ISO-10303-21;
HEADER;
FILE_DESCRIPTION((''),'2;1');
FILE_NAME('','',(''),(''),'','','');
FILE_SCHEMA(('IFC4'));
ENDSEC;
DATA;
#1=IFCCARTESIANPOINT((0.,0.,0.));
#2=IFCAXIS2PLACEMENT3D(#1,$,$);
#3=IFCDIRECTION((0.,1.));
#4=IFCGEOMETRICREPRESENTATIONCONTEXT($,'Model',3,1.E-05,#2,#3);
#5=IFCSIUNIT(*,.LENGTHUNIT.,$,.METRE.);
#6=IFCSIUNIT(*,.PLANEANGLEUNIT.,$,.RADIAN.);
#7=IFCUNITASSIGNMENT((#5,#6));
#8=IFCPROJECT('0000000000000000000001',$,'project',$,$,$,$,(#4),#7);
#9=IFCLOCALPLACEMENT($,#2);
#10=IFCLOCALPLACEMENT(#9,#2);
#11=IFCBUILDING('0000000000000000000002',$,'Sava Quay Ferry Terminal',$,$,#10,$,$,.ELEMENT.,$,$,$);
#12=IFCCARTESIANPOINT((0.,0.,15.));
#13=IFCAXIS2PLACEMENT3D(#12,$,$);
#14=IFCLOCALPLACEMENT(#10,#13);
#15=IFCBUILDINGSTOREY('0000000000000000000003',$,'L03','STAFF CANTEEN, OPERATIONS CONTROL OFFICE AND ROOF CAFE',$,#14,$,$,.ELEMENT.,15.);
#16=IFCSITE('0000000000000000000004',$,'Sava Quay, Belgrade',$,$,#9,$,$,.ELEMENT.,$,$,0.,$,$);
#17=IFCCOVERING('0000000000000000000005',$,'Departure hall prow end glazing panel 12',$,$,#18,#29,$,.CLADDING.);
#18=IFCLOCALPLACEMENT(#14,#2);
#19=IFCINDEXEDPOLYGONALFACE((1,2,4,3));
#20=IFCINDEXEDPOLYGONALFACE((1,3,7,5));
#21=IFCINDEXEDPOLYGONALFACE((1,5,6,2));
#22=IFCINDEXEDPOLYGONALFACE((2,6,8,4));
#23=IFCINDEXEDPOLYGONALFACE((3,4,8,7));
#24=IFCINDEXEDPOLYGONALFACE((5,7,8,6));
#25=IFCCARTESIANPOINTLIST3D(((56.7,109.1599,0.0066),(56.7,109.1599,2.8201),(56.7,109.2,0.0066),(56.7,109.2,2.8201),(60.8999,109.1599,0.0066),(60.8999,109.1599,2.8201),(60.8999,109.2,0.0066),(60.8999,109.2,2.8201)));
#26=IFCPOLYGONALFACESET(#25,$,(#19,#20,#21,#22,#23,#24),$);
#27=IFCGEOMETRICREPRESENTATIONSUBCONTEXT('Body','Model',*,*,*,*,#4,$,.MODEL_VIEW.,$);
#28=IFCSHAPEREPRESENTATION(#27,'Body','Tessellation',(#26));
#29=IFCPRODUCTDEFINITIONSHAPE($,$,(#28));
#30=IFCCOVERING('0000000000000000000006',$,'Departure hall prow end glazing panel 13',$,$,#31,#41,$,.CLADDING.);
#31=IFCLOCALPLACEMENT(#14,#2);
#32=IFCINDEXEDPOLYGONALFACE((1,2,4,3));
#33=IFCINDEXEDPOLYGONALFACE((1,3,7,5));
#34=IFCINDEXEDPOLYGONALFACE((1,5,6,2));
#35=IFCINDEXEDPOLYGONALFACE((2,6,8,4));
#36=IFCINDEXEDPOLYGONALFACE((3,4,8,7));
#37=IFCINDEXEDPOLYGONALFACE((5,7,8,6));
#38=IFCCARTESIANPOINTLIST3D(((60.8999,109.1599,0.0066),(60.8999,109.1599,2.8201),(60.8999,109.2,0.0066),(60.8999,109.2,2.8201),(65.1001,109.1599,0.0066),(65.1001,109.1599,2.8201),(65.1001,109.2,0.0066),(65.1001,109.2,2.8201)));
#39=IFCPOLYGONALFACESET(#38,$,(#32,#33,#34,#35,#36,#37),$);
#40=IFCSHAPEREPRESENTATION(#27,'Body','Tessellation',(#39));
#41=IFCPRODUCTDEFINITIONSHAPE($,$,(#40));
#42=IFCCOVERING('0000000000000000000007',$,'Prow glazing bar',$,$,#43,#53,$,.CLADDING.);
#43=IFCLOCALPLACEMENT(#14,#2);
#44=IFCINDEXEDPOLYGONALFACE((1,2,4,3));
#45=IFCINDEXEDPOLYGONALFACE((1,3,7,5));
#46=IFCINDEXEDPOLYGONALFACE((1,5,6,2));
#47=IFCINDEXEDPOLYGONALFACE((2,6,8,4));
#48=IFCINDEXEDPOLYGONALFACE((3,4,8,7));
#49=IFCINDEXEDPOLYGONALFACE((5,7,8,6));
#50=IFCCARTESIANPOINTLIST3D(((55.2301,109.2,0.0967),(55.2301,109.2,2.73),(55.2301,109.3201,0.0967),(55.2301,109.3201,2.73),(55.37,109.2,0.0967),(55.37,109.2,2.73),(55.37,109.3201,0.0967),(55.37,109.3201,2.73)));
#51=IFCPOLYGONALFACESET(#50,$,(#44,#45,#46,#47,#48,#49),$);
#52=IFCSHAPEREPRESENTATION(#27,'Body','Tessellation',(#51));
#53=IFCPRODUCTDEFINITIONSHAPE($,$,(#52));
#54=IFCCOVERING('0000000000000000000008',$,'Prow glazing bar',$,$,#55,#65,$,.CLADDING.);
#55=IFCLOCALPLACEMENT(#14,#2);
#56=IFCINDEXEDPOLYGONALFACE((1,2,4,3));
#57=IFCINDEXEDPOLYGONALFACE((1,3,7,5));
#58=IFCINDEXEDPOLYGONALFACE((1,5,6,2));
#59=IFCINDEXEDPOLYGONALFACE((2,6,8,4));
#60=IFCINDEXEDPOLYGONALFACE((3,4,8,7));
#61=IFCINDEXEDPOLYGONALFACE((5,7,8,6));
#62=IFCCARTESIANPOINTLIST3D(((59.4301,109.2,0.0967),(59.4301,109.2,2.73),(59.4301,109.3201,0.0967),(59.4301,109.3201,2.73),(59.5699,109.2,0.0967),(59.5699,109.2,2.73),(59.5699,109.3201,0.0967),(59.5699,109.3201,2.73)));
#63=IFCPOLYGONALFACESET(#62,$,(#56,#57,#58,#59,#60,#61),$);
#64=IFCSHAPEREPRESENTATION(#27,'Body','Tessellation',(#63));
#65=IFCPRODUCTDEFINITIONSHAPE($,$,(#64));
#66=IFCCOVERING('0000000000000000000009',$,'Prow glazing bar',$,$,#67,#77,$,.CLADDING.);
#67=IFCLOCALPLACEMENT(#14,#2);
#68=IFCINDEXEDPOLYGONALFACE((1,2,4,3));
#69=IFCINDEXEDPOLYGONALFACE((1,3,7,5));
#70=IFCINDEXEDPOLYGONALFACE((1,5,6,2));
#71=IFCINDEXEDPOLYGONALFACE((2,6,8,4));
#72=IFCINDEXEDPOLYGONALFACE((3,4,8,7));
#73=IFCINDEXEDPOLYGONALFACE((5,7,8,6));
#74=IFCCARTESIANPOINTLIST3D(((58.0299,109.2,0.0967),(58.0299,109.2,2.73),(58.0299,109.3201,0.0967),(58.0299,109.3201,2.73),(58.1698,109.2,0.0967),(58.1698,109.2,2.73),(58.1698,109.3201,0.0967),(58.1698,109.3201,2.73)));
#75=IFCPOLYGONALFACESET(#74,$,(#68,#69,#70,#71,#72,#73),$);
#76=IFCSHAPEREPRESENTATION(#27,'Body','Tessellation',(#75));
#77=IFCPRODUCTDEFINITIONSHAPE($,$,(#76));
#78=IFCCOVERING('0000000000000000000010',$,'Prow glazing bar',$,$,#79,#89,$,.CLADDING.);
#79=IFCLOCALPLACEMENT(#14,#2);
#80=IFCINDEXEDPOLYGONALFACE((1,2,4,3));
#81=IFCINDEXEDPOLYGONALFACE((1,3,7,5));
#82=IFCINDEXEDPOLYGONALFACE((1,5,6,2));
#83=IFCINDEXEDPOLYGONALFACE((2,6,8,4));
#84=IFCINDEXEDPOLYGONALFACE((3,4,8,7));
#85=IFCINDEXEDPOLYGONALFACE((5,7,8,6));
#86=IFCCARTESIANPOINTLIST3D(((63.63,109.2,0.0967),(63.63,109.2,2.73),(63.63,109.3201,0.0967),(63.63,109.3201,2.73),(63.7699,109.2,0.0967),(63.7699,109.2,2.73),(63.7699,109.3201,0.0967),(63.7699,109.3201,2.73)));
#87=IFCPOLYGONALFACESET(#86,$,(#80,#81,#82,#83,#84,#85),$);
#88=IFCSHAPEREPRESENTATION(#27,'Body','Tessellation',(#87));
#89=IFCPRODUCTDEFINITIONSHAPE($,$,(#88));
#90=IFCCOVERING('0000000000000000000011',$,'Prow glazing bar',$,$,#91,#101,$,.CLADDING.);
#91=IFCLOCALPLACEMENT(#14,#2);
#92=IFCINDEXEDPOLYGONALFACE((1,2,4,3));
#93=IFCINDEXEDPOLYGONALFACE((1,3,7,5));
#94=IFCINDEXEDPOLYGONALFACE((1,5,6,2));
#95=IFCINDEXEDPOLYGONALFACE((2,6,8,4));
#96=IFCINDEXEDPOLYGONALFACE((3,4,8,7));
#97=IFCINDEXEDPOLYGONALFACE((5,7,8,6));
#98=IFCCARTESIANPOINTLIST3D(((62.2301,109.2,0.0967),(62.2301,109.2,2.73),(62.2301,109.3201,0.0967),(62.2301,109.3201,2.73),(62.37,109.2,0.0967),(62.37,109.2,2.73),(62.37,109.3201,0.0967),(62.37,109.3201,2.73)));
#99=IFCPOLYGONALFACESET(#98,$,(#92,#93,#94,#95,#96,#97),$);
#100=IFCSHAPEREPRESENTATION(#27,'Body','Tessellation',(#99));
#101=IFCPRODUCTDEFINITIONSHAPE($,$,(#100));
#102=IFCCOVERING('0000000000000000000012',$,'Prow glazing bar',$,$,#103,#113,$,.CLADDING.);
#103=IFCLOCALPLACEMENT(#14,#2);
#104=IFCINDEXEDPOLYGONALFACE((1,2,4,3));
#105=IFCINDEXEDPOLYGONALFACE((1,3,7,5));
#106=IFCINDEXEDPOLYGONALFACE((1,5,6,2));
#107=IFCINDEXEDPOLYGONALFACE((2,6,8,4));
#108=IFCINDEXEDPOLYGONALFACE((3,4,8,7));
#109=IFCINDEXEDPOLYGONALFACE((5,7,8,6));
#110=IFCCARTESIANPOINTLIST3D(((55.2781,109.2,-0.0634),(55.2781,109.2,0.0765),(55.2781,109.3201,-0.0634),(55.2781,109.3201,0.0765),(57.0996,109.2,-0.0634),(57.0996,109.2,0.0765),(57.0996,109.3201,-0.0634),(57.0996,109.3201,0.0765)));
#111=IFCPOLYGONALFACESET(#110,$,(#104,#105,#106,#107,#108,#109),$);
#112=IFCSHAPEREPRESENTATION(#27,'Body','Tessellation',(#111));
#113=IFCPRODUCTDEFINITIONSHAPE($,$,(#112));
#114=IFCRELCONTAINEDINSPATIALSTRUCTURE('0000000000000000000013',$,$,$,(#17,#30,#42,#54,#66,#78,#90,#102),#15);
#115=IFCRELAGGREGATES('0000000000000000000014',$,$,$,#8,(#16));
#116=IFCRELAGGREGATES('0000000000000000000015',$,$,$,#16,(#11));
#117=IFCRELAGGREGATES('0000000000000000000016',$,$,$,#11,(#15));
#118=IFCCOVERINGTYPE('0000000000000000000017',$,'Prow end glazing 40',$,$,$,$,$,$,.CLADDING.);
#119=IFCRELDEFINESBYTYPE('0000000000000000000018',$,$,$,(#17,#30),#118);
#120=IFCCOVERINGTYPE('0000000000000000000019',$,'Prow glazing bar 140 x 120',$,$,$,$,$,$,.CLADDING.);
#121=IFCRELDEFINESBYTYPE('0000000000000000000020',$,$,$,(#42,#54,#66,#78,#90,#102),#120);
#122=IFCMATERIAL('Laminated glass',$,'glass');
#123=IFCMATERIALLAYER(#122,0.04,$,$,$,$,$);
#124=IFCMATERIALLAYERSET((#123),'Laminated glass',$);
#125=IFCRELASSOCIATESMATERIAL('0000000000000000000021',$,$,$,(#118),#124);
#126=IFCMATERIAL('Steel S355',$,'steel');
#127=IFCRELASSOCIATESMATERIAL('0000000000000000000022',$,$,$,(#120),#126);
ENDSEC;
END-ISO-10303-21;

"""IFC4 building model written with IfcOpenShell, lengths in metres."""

from ifc_helpers import new_model, si_unit, direction, frame, origin, origin_2d, place, context, subcontext, project, spatial, polyline, rectangle, outline, extrude, material, layer, layer_set, material_profile, profile_set, type_object, element, save


model = new_model("IFC4")

# Units and contexts
model_context = context("Model", 3, precision=1e-05, world=origin(), true_north=direction((0.0, 1.0)))
body_context = subcontext(model_context, "Body", "Model", "MODEL_VIEW")
ifc_project = project(units=[si_unit("LENGTHUNIT", "METRE"), si_unit("PLANEANGLEUNIT", "RADIAN")], contexts=[model_context])

# Site, building, storey
site_placement = place(None, origin())
site = spatial("IfcSite", under=ifc_project, at=site_placement, Name="Sava Quay, Belgrade", CompositionType="ELEMENT", RefElevation=0.0)
building_placement = place(site_placement, origin())
building = spatial("IfcBuilding", under=site, at=building_placement, Name="Sava Quay Ferry Terminal", CompositionType="ELEMENT")
storey_placement = place(building_placement, frame((0.0, 0.0, 15.0)))
storey = spatial("IfcBuildingStorey", under=building, at=storey_placement, Name="L03", Description="STAFF CANTEEN, OPERATIONS CONTROL OFFICE AND ROOF CAFE", CompositionType="ELEMENT", Elevation=15.0)

# Coverings
ifc_material_1 = material(Name="Laminated glass", Category="glass")
ifc_layer_1 = layer(ifc_material_1, 0.04)
ifc_layer_set_1 = layer_set([ifc_layer_1], Name="Laminated glass")
covering_type_1 = type_object("IfcCoveringType", Name="Prow end glazing 40", PredefinedType="CLADDING", material=ifc_layer_set_1)
covering_1_placement = place(storey_placement, frame((56.7, 109.2, 0.0066), z_axis=(0.0, 1.0, 0.0), x_axis=(0.0, 0.0, 1.0)))
element("IfcCovering", 1, at=covering_1_placement, inside=storey, type_object=covering_type_1, Name="Departure hall prow end glazing panel 12", PredefinedType="CLADDING", context=body_context, shape_type="SweptSolid", body=[
    extrude(outline(polyline([(0.0, 0.0), (2.8135, 0.0), (2.8135, 4.2), (0.0, 4.2), (0.0, 0.0)])), origin(), (0.0, 0.0, -1.0), 0.04),
])
covering_2_placement = place(storey_placement, frame((60.8999, 109.2, 0.0066), z_axis=(0.0, 1.0, 0.0), x_axis=(0.0, 0.0, 1.0)))
element("IfcCovering", 2, at=covering_2_placement, inside=storey, type_object=covering_type_1, Name="Departure hall prow end glazing panel 13", PredefinedType="CLADDING", context=body_context, shape_type="SweptSolid", body=[
    extrude(outline(polyline([(0.0, 0.0), (2.8135, 0.0), (2.8135, 4.2002), (0.0, 4.2002), (0.0, 0.0)])), origin(), (0.0, 0.0, -1.0), 0.04),
])
ifc_material_2 = material(Name="Steel S355", Category="steel")
ifc_material_profile_1 = material_profile(ifc_material_2, rectangle(XDim=0.1399, YDim=0.1201, at=origin_2d()), Name="Strip 140 x 120")
ifc_profile_set_1 = profile_set([ifc_material_profile_1], Name="Steel S355")
covering_type_2 = type_object("IfcCoveringType", Name="Prow glazing bar 140 x 120", PredefinedType="CLADDING", material=ifc_profile_set_1)
for number, where, z_axis, x_axis, name in (
    (3, (55.3, 109.26, 0.0967), (0.0, 0.0, 1.0), (1.0, 0.0, 0.0), "Prow glazing bar"),
    (4, (59.5, 109.26, 0.0967), (0.0, 0.0, 1.0), (1.0, 0.0, 0.0), "Prow glazing bar"),
    (5, (58.0999, 109.26, 0.0967), (0.0, 0.0, 1.0), (1.0, 0.0, 0.0), "Prow glazing bar"),
    (6, (63.7, 109.26, 0.0967), (0.0, 0.0, 1.0), (1.0, 0.0, 0.0), "Prow glazing bar"),
    (7, (62.3, 109.26, 0.0967), (0.0, 0.0, 1.0), (1.0, 0.0, 0.0), "Prow glazing bar"),
):
    element("IfcCovering", number, at=place(storey_placement, frame(where, z_axis=z_axis, x_axis=x_axis)), inside=storey, type_object=covering_type_2, Name=name, PredefinedType="CLADDING", context=body_context, shape_type="SweptSolid", body=[
        extrude(rectangle(XDim=0.1399, YDim=0.1201, at=origin_2d()), origin(), (0.0, 0.0, 1.0), 2.6333),
    ])
covering_3_placement = place(storey_placement, frame((57.0996, 109.26, 0.0066), z_axis=(-1.0, 0.0, 0.0), x_axis=(0.0, 0.0, 1.0)))
element("IfcCovering", 8, at=covering_3_placement, inside=storey, type_object=covering_type_2, Name="Prow glazing bar", PredefinedType="CLADDING", context=body_context, shape_type="SweptSolid", body=[
    extrude(rectangle(XDim=0.1399, YDim=0.1201, at=origin_2d()), origin(), (0.0, 0.0, 1.0), 1.8215),
])

save(model, "model.ifc")
